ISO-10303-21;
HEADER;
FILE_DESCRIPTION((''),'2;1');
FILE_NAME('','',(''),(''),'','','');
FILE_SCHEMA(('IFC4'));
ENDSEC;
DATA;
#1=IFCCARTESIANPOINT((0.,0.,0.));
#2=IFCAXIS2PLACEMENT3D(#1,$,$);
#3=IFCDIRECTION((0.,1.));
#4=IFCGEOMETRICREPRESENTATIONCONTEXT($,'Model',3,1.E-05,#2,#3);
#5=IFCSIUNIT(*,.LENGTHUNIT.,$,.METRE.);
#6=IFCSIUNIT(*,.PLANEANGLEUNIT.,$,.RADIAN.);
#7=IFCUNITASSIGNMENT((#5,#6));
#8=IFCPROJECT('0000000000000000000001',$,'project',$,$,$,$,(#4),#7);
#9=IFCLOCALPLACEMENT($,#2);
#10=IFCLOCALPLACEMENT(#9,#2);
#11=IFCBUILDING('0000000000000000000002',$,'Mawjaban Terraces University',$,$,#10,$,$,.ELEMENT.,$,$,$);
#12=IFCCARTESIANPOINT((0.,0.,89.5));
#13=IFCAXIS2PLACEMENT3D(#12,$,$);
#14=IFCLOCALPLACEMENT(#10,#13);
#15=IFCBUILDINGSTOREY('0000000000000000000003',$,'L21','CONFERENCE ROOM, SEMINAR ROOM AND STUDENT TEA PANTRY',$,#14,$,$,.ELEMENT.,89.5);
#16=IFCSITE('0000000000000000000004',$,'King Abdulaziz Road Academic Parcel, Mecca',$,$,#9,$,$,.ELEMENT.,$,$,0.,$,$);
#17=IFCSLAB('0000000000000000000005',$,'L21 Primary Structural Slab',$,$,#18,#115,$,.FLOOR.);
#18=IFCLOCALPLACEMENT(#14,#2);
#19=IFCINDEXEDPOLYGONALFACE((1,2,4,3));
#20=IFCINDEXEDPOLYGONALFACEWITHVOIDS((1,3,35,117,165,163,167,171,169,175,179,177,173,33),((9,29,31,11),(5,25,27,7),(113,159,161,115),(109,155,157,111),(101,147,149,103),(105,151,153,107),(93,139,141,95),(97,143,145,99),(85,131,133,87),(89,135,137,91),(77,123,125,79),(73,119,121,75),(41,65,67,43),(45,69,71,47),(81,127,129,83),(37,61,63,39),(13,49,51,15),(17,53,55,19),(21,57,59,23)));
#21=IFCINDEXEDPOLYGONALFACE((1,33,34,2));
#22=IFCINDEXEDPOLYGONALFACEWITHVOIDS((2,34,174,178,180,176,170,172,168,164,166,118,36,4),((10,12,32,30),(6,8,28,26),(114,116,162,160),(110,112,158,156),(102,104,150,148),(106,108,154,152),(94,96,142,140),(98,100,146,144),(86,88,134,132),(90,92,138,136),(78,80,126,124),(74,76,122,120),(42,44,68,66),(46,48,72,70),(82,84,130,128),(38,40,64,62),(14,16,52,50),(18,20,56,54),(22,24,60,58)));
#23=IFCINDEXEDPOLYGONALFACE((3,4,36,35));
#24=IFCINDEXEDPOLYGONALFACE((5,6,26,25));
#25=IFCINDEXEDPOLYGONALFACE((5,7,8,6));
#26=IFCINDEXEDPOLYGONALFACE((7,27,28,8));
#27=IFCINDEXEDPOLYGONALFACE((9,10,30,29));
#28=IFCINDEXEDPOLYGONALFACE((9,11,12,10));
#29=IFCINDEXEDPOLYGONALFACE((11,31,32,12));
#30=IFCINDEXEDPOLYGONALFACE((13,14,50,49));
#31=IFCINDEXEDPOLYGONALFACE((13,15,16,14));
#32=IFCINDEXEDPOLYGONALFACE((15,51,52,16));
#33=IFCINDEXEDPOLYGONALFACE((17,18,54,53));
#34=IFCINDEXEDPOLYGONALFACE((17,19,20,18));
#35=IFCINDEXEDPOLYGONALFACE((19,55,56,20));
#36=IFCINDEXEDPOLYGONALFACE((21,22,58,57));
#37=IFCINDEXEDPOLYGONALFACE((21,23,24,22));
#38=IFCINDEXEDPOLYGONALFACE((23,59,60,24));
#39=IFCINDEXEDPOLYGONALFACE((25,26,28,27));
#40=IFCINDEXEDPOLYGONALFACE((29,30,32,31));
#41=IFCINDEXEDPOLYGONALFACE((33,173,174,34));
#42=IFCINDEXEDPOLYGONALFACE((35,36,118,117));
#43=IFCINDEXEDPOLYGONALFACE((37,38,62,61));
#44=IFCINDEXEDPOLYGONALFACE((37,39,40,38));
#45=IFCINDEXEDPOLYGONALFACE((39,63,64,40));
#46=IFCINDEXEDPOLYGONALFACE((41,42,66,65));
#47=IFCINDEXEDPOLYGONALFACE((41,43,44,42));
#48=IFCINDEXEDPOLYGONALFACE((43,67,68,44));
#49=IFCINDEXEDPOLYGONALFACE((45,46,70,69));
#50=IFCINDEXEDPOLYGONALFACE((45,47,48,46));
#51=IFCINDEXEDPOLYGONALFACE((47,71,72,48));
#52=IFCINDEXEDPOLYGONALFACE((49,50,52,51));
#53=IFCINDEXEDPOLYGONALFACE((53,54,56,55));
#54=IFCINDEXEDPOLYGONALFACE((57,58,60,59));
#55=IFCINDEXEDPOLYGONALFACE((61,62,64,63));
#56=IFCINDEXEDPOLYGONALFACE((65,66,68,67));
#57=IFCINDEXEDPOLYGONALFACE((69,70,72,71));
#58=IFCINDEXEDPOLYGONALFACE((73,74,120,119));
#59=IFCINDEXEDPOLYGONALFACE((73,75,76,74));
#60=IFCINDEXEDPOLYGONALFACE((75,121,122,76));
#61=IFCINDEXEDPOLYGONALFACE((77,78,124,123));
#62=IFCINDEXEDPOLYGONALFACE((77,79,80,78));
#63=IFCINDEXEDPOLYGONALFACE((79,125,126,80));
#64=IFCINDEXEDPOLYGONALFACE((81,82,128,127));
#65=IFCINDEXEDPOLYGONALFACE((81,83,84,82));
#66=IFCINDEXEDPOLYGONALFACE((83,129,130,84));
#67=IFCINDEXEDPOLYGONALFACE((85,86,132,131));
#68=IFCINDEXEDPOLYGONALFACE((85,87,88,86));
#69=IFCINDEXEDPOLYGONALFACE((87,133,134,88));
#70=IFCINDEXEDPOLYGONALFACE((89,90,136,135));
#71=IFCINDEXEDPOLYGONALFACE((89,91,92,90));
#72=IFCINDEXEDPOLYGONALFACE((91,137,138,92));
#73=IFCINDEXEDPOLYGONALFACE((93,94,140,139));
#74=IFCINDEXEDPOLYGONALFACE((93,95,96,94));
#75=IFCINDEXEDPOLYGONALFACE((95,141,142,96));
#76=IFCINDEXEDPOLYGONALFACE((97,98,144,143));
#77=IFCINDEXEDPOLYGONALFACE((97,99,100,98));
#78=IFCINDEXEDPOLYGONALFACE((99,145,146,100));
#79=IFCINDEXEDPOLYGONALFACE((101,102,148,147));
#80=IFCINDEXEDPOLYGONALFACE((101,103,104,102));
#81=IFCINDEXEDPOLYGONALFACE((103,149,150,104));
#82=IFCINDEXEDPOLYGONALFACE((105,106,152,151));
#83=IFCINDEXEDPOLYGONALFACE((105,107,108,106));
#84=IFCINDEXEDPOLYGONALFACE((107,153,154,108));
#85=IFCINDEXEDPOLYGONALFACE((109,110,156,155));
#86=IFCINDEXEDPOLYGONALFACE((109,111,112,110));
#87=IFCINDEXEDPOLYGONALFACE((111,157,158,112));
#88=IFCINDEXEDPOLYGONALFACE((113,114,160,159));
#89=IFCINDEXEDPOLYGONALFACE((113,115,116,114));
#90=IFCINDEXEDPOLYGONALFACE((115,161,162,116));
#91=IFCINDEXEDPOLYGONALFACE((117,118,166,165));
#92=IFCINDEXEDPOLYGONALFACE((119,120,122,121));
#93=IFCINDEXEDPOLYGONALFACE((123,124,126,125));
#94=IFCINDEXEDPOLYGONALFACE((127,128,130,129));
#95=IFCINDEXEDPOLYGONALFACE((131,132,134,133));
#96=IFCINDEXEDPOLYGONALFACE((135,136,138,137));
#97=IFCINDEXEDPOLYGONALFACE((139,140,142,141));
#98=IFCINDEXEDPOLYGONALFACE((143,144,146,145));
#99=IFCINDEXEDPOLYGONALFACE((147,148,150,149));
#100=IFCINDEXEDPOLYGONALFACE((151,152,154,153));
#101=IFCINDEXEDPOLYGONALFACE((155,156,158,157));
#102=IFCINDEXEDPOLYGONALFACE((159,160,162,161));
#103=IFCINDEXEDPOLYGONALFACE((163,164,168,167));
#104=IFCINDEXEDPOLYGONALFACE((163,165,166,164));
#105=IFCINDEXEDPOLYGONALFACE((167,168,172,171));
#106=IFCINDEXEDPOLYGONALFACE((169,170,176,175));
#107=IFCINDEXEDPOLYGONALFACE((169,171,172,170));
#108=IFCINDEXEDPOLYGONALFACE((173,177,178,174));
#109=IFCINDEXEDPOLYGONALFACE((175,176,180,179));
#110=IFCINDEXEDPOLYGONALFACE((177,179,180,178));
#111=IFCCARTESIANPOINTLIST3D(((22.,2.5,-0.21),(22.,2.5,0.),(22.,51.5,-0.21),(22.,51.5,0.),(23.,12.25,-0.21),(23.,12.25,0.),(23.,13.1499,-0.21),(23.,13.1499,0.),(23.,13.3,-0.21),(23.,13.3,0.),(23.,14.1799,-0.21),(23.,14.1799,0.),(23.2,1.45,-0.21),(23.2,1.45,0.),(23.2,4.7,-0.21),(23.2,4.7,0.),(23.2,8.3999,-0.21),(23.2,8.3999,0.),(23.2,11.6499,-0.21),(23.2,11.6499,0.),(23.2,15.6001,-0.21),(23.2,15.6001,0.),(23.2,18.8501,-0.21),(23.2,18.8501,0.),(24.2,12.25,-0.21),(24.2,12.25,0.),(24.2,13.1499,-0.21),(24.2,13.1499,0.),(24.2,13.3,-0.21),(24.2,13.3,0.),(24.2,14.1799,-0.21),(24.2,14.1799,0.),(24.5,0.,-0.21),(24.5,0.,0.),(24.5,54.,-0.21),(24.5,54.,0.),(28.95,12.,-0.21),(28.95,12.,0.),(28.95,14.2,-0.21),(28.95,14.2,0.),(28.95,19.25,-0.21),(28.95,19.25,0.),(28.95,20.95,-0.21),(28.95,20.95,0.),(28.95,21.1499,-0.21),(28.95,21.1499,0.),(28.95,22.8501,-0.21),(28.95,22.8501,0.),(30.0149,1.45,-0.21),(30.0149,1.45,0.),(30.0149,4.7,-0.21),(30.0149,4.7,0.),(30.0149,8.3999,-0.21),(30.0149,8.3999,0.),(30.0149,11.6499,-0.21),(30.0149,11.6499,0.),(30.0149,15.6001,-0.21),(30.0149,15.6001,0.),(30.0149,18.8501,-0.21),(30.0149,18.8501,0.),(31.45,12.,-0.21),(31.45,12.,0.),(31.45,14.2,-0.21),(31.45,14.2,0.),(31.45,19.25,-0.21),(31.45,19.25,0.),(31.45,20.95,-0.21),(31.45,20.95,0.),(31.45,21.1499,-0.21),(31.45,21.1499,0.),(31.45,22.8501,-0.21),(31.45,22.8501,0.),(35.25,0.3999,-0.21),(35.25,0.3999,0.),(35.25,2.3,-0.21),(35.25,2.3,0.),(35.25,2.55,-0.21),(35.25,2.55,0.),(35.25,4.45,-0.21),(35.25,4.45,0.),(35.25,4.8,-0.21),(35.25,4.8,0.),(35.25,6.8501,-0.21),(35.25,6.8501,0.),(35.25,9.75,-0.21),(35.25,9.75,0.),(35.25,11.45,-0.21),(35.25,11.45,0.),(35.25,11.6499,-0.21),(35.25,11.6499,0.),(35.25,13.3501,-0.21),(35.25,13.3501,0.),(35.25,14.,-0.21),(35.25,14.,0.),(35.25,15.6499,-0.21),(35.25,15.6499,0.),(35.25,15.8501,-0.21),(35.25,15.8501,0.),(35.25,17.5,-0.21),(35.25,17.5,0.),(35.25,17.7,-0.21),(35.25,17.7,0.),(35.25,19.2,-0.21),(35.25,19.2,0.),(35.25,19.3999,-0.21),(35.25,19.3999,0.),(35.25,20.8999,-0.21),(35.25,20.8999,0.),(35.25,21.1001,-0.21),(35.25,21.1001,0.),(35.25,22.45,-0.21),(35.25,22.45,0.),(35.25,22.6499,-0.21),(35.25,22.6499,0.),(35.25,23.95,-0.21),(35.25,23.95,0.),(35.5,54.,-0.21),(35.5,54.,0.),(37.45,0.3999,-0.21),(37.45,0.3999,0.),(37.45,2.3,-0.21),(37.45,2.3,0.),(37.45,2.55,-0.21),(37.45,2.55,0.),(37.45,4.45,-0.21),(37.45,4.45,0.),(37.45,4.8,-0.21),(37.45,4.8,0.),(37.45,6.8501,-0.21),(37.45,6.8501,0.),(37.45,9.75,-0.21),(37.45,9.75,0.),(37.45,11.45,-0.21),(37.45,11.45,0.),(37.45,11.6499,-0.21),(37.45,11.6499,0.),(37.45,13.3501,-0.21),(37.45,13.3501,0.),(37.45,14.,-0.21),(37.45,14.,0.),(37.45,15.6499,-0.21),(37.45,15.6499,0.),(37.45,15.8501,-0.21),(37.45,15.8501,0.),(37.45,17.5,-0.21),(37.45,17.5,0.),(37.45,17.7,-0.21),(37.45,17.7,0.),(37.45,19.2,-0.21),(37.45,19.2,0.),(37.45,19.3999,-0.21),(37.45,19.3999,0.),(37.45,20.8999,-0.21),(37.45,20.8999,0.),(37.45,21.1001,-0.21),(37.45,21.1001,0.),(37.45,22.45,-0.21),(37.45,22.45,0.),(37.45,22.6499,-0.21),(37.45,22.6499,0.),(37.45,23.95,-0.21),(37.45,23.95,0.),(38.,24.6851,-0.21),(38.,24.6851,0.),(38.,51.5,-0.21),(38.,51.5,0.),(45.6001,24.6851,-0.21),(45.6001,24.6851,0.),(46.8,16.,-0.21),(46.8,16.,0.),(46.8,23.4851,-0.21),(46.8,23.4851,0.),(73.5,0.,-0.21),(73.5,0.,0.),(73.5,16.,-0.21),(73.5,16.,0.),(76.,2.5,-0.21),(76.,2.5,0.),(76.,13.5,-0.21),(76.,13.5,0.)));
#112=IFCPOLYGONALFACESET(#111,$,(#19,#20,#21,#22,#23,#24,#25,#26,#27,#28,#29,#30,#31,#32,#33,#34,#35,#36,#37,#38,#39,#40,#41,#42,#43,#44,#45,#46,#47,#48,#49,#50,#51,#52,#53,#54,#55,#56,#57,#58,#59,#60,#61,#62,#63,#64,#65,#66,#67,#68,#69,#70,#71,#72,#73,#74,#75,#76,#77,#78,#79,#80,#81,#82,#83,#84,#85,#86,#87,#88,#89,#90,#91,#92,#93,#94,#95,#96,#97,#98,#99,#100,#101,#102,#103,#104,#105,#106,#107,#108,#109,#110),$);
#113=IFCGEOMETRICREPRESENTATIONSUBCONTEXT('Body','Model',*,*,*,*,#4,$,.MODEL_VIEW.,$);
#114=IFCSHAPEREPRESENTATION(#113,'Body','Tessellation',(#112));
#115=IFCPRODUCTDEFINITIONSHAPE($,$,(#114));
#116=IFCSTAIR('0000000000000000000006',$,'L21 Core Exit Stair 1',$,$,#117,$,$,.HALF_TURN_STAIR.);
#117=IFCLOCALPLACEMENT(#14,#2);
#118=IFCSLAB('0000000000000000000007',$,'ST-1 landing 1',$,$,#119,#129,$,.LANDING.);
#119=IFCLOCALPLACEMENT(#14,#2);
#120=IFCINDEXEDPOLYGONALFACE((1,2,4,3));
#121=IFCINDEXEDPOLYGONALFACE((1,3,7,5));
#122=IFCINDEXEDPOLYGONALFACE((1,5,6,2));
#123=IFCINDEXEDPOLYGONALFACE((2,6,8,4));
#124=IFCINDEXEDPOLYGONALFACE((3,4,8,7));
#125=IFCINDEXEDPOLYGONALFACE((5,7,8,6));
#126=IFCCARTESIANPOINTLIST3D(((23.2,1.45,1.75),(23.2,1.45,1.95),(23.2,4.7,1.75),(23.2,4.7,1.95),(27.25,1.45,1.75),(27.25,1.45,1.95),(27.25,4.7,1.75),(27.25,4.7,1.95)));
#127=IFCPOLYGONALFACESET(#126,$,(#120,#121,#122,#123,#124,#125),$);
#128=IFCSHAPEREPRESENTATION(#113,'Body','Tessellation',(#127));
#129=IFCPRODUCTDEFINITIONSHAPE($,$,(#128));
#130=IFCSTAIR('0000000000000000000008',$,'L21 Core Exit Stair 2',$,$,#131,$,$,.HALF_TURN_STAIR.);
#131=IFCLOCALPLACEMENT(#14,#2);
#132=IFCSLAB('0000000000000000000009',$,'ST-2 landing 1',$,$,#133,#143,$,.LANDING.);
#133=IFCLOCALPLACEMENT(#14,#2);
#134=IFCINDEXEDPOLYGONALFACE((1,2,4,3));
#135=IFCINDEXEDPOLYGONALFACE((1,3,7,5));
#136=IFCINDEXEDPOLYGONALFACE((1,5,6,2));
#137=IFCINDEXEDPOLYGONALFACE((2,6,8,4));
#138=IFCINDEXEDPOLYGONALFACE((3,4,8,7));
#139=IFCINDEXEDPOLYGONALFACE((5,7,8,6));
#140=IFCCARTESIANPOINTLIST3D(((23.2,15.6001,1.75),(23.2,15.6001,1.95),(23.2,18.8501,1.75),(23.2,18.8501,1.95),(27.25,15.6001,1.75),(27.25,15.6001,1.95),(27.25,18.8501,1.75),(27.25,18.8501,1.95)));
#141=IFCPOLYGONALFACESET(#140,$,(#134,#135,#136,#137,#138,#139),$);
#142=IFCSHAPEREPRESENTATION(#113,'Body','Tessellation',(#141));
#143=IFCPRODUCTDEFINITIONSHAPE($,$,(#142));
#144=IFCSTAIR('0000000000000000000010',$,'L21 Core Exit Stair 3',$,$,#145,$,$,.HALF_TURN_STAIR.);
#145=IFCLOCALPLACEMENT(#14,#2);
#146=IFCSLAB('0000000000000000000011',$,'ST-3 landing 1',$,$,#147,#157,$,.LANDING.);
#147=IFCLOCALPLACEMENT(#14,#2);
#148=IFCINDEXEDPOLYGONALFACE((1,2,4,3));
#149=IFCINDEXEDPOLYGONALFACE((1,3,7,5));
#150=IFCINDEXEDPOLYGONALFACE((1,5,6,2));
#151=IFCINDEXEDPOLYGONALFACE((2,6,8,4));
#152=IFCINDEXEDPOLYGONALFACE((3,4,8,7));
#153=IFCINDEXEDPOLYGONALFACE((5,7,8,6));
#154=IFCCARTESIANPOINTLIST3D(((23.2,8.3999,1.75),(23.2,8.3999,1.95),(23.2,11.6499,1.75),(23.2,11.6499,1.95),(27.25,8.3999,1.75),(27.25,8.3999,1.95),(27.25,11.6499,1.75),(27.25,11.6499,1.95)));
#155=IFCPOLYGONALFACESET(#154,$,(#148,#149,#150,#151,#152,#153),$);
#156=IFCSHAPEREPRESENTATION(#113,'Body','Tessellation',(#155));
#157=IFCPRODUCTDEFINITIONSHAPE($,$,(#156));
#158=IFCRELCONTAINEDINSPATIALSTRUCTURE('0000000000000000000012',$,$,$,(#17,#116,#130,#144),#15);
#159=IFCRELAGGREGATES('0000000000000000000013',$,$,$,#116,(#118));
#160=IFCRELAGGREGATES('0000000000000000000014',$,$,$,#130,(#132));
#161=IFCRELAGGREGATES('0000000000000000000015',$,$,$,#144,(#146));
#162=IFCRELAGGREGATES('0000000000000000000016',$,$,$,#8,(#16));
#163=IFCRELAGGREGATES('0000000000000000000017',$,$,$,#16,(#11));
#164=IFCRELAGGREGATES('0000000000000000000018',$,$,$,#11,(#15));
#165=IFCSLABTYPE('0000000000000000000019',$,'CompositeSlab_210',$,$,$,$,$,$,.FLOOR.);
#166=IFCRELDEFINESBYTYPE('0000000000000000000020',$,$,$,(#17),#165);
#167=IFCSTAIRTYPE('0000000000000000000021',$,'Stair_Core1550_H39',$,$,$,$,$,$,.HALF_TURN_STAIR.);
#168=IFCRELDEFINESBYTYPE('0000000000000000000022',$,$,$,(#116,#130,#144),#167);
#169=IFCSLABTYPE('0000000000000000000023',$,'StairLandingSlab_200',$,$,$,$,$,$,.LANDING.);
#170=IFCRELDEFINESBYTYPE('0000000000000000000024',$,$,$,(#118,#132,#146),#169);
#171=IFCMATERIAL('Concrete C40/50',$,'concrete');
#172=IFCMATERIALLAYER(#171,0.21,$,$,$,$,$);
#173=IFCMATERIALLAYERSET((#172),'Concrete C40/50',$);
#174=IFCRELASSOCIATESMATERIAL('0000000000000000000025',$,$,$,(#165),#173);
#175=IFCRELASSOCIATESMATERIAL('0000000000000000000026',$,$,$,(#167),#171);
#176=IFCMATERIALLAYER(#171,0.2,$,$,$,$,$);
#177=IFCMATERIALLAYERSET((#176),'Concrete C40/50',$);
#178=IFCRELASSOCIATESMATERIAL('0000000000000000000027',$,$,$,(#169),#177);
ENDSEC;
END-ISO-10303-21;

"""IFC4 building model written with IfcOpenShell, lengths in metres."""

from ifc_helpers import new_model, si_unit, direction, frame, origin, place, context, subcontext, project, spatial, polyline, outline, extrude, material, layer, layer_set, type_object, element, aggregate, save


model = new_model("IFC4")

# Units and contexts
model_context = context("Model", 3, precision=1e-05, world=origin(), true_north=direction((0.0, 1.0)))
body_context = subcontext(model_context, "Body", "Model", "MODEL_VIEW")
ifc_project = project(units=[si_unit("LENGTHUNIT", "METRE"), si_unit("PLANEANGLEUNIT", "RADIAN")], contexts=[model_context])

# Site, building, storey
site_placement = place(None, origin())
site = spatial("IfcSite", under=ifc_project, at=site_placement, Name="King Abdulaziz Road Academic Parcel, Mecca", CompositionType="ELEMENT", RefElevation=0.0)
building_placement = place(site_placement, origin())
building = spatial("IfcBuilding", under=site, at=building_placement, Name="Mawjaban Terraces University", CompositionType="ELEMENT")
storey_placement = place(building_placement, frame((0.0, 0.0, 89.5)))
storey = spatial("IfcBuildingStorey", under=building, at=storey_placement, Name="L21", Description="CONFERENCE ROOM, SEMINAR ROOM AND STUDENT TEA PANTRY", CompositionType="ELEMENT", Elevation=89.5)

# Slab
ifc_material_1 = material(Name="Concrete C40/50", Category="concrete")
ifc_layer_1 = layer(ifc_material_1, 0.21)
ifc_layer_set_1 = layer_set([ifc_layer_1], Name="Concrete C40/50")
slab_type_1 = type_object("IfcSlabType", Name="CompositeSlab_210", PredefinedType="FLOOR", material=ifc_layer_set_1)
slab_1_placement = place(storey_placement, frame((0.0, 0.0, -0.21)))
element("IfcSlab", 1, at=slab_1_placement, inside=storey, type_object=slab_type_1, Name="L21 Primary Structural Slab", PredefinedType="FLOOR", context=body_context, shape_type="SweptSolid", body=[
    extrude(outline(polyline([(24.5, 0.0), (73.5, 0.0), (76.0, 2.5), (76.0, 13.5), (73.5, 16.0), (46.8, 16.0), (46.8, 23.4851), (45.6001, 24.6851), (38.0, 24.6851), (38.0, 51.5), (35.5, 54.0), (24.5, 54.0), (22.0, 51.5), (22.0, 2.5), (24.5, 0.0)]), holes=[polyline([(30.0149, 4.7), (23.2, 4.7), (23.2, 1.45), (30.0149, 1.45), (30.0149, 4.7)]), polyline([(30.0149, 18.8501), (23.2, 18.8501), (23.2, 15.6001), (30.0149, 15.6001), (30.0149, 18.8501)]), polyline([(30.0149, 11.6499), (23.2, 11.6499), (23.2, 8.3999), (30.0149, 8.3999), (30.0149, 11.6499)]), polyline([(35.25, 0.3999), (37.45, 0.3999), (37.45, 2.3), (35.25, 2.3), (35.25, 0.3999)]), polyline([(35.25, 2.55), (37.45, 2.55), (37.45, 4.45), (35.25, 4.45), (35.25, 2.55)]), polyline([(35.25, 4.8), (37.45, 4.8), (37.45, 6.8501), (35.25, 6.8501), (35.25, 4.8)]), polyline([(35.25, 9.75), (37.45, 9.75), (37.45, 11.45), (35.25, 11.45), (35.25, 9.75)]), polyline([(35.25, 11.6499), (37.45, 11.6499), (37.45, 13.3501), (35.25, 13.3501), (35.25, 11.6499)]), polyline([(28.95, 12.0), (31.45, 12.0), (31.45, 14.2), (28.95, 14.2), (28.95, 12.0)]), polyline([(35.25, 14.0), (37.45, 14.0), (37.45, 15.6499), (35.25, 15.6499), (35.25, 14.0)]), polyline([(35.25, 15.8501), (37.45, 15.8501), (37.45, 17.5), (35.25, 17.5), (35.25, 15.8501)]), polyline([(35.25, 17.7), (37.45, 17.7), (37.45, 19.2), (35.25, 19.2), (35.25, 17.7)]), polyline([(35.25, 19.3999), (37.45, 19.3999), (37.45, 20.8999), (35.25, 20.8999), (35.25, 19.3999)]), polyline([(28.95, 19.25), (31.45, 19.25), (31.45, 20.95), (28.95, 20.95), (28.95, 19.25)]), polyline([(35.25, 21.1001), (37.45, 21.1001), (37.45, 22.45), (35.25, 22.45), (35.25, 21.1001)]), polyline([(35.25, 22.6499), (37.45, 22.6499), (37.45, 23.95), (35.25, 23.95), (35.25, 22.6499)]), polyline([(28.95, 21.1499), (31.45, 21.1499), (31.45, 22.8501), (28.95, 22.8501), (28.95, 21.1499)]), polyline([(23.0, 12.25), (24.2, 12.25), (24.2, 13.1499), (23.0, 13.1499), (23.0, 12.25)]), polyline([(23.0, 13.3), (24.2, 13.3), (24.2, 14.1799), (23.0, 14.1799), (23.0, 13.3)])]), origin(), (0.0, 0.0, 1.0), 0.21),
])

# Stairs, slabs
stair_type = type_object("IfcStairType", Name="Stair_Core1550_H39", PredefinedType="HALF_TURN_STAIR", material=ifc_material_1)
stair_1_placement = place(storey_placement, origin())
stair_1 = element("IfcStair", 2, at=stair_1_placement, inside=storey, type_object=stair_type, Name="L21 Core Exit Stair 1", PredefinedType="HALF_TURN_STAIR")
ifc_layer_2 = layer(ifc_material_1, 0.2)
ifc_layer_set_2 = layer_set([ifc_layer_2], Name="Concrete C40/50")
slab_type_2 = type_object("IfcSlabType", Name="StairLandingSlab_200", PredefinedType="LANDING", material=ifc_layer_set_2)
slab_2_placement = place(storey_placement, frame((0.0, 0.0, 1.75)))
slab_2 = element("IfcSlab", 3, at=slab_2_placement, type_object=slab_type_2, Name="ST-1 landing 1", PredefinedType="LANDING", context=body_context, shape_type="SweptSolid", body=[
    extrude(outline(polyline([(27.25, 4.7), (23.2, 4.7), (23.2, 1.45), (27.25, 1.45), (27.25, 4.7)])), origin(), (0.0, 0.0, 1.0), 0.2),
])
aggregate(stair_1, [slab_2])
stair_2_placement = place(storey_placement, origin())
stair_2 = element("IfcStair", 4, at=stair_2_placement, inside=storey, type_object=stair_type, Name="L21 Core Exit Stair 2", PredefinedType="HALF_TURN_STAIR")
slab_3_placement = place(storey_placement, frame((0.0, 0.0, 1.75)))
slab_3 = element("IfcSlab", 5, at=slab_3_placement, type_object=slab_type_2, Name="ST-2 landing 1", PredefinedType="LANDING", context=body_context, shape_type="SweptSolid", body=[
    extrude(outline(polyline([(27.25, 18.8501), (23.2, 18.8501), (23.2, 15.6001), (27.25, 15.6001), (27.25, 18.8501)])), origin(), (0.0, 0.0, 1.0), 0.2),
])
aggregate(stair_2, [slab_3])
stair_3_placement = place(storey_placement, origin())
stair_3 = element("IfcStair", 6, at=stair_3_placement, inside=storey, type_object=stair_type, Name="L21 Core Exit Stair 3", PredefinedType="HALF_TURN_STAIR")
slab_4_placement = place(storey_placement, frame((0.0, 0.0, 1.75)))
slab_4 = element("IfcSlab", 7, at=slab_4_placement, type_object=slab_type_2, Name="ST-3 landing 1", PredefinedType="LANDING", context=body_context, shape_type="SweptSolid", body=[
    extrude(outline(polyline([(27.25, 11.6499), (23.2, 11.6499), (23.2, 8.3999), (27.25, 8.3999), (27.25, 11.6499)])), origin(), (0.0, 0.0, 1.0), 0.2),
])
aggregate(stair_3, [slab_4])

save(model, "model.ifc")
